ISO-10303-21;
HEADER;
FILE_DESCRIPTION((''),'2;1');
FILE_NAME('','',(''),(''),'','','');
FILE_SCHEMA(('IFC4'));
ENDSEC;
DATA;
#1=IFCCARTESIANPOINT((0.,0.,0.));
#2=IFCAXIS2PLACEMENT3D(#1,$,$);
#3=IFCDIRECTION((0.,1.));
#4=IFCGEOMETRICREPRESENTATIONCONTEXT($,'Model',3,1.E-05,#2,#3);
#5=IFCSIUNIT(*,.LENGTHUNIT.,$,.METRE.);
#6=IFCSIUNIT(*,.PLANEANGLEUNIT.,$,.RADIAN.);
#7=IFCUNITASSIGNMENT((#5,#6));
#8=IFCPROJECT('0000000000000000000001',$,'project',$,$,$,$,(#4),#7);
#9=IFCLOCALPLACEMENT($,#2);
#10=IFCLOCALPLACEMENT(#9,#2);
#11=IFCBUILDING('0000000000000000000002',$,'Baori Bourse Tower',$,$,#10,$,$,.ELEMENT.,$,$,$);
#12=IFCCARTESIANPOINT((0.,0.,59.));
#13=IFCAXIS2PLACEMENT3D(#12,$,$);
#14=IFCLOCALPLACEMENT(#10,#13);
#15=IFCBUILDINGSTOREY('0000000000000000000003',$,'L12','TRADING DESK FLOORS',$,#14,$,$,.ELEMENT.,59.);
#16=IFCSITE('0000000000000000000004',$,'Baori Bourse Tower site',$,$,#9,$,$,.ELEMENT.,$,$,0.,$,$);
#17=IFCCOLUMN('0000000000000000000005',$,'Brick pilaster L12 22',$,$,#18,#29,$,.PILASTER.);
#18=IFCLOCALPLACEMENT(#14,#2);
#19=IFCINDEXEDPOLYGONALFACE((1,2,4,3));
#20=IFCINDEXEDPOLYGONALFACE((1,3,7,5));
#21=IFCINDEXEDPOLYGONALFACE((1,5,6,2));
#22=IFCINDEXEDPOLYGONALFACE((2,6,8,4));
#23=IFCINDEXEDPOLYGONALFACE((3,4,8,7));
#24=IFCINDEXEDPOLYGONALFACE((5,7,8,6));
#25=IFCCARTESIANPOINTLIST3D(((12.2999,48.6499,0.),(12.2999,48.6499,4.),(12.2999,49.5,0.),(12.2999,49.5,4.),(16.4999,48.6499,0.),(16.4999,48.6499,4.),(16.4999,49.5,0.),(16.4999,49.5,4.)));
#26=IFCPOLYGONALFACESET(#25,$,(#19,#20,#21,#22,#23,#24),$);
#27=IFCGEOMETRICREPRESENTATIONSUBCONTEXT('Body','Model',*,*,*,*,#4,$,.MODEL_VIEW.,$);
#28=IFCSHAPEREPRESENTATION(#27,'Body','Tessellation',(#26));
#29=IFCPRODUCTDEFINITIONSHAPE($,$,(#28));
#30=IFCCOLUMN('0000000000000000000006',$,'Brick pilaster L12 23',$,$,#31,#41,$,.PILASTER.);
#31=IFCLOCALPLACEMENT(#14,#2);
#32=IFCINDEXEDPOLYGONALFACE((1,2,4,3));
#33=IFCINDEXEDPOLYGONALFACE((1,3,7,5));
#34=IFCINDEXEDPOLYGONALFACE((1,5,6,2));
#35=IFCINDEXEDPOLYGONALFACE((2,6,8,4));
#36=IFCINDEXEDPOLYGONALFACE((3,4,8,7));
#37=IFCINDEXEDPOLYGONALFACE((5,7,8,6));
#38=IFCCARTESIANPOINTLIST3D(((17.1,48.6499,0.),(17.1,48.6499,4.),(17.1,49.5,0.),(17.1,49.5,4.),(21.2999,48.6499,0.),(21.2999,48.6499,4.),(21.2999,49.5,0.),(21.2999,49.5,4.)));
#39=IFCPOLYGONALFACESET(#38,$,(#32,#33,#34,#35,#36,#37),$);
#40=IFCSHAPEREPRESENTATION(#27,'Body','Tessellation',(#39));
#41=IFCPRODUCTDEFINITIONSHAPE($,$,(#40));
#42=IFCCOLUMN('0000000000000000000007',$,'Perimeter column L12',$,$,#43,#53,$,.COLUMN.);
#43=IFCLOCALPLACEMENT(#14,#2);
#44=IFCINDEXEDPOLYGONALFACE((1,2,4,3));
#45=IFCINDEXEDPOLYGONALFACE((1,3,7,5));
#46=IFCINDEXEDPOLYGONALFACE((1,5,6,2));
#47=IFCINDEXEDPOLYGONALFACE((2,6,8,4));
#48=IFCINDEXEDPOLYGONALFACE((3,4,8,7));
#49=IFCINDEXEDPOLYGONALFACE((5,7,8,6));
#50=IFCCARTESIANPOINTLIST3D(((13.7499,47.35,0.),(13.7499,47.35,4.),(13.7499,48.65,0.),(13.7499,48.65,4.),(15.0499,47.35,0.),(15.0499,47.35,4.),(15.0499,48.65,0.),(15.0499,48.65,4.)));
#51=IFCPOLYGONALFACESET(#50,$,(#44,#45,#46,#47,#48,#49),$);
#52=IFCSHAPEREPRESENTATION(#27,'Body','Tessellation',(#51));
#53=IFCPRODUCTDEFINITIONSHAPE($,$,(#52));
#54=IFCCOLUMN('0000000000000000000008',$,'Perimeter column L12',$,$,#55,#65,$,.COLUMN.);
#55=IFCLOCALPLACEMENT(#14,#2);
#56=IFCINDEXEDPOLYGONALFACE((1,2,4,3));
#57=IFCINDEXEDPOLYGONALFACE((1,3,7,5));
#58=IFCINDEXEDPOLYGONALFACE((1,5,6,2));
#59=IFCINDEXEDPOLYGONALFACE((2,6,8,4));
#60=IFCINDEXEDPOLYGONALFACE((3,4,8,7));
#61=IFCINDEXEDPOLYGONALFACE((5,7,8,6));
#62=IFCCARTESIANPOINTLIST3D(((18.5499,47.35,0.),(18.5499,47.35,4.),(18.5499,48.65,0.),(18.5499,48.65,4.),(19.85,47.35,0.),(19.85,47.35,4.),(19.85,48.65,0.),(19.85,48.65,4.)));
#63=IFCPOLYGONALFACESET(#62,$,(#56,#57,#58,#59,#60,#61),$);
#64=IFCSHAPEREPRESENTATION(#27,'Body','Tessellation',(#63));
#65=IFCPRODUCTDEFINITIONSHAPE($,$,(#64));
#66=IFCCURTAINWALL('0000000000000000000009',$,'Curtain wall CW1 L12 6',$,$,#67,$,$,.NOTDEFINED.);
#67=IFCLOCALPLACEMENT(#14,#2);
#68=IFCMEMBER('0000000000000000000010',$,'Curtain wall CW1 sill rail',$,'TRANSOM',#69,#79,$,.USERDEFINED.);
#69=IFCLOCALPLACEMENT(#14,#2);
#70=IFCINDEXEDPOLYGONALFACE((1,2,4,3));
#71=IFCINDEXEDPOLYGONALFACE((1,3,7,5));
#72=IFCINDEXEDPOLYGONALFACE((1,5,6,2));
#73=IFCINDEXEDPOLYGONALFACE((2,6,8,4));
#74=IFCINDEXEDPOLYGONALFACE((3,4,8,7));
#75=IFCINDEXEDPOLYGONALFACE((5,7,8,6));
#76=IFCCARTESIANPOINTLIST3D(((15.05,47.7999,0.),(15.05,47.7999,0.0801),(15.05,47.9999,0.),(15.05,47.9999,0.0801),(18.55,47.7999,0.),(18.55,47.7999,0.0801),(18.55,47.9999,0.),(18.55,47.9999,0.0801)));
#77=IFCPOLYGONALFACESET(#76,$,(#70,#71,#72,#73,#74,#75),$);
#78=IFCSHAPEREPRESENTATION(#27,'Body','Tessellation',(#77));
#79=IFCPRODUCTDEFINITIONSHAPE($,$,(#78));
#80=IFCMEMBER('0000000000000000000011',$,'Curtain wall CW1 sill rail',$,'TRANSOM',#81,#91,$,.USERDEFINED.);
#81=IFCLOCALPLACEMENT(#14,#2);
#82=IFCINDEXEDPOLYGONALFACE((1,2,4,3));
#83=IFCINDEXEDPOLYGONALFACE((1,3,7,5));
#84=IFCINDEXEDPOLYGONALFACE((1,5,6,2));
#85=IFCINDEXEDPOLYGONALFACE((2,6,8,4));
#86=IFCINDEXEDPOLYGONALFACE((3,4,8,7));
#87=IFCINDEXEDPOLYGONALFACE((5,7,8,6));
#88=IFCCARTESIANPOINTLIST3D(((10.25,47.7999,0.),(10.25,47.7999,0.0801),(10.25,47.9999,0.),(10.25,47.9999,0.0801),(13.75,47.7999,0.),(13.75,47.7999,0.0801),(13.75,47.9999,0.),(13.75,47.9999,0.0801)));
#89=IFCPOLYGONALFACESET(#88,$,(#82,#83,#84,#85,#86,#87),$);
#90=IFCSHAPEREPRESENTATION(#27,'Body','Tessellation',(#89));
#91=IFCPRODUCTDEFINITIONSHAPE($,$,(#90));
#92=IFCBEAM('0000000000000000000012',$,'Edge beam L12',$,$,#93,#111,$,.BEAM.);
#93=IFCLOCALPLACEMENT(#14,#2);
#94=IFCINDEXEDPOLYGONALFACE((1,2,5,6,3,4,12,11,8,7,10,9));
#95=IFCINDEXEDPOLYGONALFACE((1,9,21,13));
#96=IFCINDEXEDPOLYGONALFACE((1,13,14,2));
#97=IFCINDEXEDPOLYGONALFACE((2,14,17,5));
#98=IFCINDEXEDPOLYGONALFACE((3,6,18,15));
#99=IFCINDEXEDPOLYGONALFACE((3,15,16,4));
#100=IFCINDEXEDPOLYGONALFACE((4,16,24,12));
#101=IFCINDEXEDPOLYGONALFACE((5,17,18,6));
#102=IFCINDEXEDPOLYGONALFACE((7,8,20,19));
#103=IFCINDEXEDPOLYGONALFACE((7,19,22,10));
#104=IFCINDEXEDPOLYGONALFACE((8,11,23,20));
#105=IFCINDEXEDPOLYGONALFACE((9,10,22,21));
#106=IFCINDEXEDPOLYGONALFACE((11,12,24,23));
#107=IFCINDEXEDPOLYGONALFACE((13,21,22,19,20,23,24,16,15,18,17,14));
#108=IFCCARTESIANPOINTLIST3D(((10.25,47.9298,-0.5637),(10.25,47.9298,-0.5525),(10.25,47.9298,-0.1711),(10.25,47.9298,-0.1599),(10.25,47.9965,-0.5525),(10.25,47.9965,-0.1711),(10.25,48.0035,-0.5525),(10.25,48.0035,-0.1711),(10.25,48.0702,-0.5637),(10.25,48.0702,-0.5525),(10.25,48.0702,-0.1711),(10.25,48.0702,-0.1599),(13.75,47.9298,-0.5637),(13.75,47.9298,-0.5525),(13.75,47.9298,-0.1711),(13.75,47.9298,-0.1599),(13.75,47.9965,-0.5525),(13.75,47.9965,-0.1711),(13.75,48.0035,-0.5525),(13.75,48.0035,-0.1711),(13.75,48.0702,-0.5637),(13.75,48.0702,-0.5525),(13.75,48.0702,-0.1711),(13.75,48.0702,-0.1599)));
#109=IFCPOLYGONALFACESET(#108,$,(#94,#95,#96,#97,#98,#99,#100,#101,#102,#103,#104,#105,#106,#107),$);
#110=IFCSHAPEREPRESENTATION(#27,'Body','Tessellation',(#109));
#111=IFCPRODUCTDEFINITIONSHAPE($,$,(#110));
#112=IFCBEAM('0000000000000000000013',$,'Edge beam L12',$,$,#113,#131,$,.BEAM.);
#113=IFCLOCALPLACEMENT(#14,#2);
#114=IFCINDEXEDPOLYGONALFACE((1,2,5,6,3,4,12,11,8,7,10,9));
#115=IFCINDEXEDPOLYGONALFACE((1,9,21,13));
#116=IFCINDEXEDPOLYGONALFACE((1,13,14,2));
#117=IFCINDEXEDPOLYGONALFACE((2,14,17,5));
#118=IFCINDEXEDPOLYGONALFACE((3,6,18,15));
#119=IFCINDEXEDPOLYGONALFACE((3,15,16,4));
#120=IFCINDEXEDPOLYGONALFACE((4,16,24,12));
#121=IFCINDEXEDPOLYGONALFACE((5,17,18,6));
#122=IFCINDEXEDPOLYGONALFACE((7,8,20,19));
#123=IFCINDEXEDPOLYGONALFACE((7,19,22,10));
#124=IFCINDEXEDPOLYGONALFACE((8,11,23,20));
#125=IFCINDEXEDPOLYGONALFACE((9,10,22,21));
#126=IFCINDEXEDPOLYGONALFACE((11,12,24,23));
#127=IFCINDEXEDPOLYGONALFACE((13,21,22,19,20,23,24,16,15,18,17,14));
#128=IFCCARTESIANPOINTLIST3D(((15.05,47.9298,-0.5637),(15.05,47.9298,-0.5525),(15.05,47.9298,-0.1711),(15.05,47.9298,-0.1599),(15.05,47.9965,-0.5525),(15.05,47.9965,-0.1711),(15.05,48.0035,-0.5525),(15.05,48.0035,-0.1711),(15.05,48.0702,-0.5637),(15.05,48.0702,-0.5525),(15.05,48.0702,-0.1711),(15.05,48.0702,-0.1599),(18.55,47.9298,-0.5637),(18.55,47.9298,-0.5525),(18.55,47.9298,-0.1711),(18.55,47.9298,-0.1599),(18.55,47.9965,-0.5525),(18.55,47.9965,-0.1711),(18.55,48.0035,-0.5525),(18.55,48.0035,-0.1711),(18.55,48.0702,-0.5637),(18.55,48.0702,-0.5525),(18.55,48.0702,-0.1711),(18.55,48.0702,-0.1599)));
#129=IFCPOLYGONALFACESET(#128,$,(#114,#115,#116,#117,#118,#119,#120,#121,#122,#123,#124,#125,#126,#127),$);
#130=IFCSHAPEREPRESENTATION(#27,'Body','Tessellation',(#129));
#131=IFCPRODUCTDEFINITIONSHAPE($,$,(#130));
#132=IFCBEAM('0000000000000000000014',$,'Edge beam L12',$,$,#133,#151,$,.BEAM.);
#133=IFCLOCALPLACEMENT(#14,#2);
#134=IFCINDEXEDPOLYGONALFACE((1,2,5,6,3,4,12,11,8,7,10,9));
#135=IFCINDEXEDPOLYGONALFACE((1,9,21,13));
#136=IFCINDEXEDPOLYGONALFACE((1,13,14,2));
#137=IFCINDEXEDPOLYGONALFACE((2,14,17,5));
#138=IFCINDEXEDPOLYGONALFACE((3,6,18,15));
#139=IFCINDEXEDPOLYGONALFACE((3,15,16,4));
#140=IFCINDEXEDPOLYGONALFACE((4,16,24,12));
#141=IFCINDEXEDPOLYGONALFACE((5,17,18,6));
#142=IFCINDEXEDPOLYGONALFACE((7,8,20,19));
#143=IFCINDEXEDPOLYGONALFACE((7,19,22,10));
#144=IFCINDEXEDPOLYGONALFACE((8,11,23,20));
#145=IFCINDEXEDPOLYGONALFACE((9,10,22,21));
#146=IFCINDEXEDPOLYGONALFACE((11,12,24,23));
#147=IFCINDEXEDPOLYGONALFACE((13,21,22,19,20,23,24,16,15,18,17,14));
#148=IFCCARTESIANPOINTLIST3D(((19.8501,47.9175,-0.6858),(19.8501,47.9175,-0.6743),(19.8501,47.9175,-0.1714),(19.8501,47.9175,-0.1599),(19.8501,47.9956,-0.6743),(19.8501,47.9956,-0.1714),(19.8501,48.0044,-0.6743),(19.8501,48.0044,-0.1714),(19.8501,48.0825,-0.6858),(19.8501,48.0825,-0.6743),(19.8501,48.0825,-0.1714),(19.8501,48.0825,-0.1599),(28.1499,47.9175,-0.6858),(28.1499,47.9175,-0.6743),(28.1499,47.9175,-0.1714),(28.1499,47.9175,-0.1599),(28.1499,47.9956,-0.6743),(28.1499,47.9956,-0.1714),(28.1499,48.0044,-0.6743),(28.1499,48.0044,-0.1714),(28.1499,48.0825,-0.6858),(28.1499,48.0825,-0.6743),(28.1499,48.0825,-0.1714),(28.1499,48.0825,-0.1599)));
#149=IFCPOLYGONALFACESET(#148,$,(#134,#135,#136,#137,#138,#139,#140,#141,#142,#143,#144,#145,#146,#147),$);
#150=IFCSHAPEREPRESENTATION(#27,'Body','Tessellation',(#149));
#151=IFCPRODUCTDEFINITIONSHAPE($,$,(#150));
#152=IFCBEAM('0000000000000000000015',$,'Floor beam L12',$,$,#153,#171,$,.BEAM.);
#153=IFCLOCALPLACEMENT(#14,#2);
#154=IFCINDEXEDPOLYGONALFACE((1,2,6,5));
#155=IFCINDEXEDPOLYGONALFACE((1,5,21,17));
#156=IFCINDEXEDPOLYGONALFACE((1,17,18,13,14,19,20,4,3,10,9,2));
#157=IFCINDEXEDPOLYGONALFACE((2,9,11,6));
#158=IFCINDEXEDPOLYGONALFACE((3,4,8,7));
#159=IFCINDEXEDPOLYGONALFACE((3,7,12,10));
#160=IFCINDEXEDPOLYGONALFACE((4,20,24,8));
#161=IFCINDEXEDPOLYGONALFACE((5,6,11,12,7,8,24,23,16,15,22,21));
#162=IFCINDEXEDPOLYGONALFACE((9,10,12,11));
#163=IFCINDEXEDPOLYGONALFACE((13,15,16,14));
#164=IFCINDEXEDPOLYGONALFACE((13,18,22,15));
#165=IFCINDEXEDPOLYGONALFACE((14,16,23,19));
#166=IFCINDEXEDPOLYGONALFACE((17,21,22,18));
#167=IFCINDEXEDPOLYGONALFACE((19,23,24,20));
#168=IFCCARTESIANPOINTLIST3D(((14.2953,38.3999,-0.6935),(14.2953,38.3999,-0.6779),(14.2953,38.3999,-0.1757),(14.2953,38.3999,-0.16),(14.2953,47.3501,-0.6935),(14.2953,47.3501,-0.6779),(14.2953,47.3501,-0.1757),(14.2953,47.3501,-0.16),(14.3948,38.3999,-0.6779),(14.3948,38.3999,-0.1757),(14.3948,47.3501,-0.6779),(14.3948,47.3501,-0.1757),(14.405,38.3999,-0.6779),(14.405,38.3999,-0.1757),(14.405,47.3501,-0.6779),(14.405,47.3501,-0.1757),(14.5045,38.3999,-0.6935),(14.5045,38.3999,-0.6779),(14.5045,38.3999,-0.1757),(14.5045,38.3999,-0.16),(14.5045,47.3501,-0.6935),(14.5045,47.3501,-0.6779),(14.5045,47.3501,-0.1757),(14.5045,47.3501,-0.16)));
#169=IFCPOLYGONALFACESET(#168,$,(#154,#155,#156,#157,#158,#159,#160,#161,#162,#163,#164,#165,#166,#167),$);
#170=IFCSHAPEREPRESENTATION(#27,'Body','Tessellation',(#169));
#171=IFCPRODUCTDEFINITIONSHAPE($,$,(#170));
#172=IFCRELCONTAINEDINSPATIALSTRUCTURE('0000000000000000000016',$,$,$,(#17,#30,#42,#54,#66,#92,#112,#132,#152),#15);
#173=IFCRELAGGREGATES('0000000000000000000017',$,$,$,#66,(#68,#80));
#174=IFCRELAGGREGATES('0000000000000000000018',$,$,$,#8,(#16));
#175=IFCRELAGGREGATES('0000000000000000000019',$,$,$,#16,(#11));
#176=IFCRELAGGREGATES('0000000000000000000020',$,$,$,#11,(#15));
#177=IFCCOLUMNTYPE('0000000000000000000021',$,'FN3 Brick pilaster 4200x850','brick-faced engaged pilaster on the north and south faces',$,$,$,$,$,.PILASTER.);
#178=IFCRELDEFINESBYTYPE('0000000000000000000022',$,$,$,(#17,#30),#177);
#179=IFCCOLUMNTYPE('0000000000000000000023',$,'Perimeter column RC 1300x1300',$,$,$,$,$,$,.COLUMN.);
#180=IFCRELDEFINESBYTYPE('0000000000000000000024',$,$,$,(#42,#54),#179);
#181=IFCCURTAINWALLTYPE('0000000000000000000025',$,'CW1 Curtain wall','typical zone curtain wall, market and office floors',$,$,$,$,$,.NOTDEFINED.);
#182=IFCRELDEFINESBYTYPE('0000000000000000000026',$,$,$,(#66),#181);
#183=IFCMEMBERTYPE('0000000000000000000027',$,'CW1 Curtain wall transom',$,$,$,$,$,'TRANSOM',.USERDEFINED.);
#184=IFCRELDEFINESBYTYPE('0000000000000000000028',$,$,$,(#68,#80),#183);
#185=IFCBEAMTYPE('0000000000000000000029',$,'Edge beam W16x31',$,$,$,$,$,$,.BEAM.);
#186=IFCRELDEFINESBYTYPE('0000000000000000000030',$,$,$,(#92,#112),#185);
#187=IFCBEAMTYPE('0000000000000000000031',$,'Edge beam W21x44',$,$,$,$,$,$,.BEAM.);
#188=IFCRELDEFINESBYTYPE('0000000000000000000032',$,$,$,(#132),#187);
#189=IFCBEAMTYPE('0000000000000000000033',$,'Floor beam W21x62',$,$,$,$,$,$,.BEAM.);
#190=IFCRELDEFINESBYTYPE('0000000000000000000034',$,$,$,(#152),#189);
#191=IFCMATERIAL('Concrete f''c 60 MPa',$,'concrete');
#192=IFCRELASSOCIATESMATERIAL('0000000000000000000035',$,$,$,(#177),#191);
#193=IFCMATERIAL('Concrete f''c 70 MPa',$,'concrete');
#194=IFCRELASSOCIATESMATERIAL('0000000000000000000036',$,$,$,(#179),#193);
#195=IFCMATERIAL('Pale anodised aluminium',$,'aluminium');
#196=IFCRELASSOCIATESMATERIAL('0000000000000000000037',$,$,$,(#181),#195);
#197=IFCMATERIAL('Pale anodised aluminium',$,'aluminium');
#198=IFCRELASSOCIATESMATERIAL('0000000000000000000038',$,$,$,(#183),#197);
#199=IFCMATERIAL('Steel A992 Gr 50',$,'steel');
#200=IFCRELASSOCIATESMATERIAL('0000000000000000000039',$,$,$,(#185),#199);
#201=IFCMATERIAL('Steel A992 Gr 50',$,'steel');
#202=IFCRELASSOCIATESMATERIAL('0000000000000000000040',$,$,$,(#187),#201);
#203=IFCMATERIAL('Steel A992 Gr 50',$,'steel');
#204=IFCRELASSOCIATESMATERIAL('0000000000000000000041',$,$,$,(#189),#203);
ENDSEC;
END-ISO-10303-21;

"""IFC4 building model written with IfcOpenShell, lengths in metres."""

from ifc_helpers import new_model, si_unit, direction, frame, origin, origin_2d, place, context, subcontext, project, spatial, rectangle, i_section, extrude, material, material_profile, profile_set, type_object, element, aggregate, save


model = new_model("IFC4")

# Units and contexts
model_context = context("Model", 3, precision=1e-05, world=origin(), true_north=direction((0.0, 1.0)))
body_context = subcontext(model_context, "Body", "Model", "MODEL_VIEW")
ifc_project = project(units=[si_unit("LENGTHUNIT", "METRE"), si_unit("PLANEANGLEUNIT", "RADIAN")], contexts=[model_context])

# Site, building, storey
site_placement = place(None, origin())
site = spatial("IfcSite", under=ifc_project, at=site_placement, Name="Baori Bourse Tower site", CompositionType="ELEMENT", RefElevation=0.0)
building_placement = place(site_placement, origin())
building = spatial("IfcBuilding", under=site, at=building_placement, Name="Baori Bourse Tower", CompositionType="ELEMENT")
storey_placement = place(building_placement, frame((0.0, 0.0, 59.0)))
storey = spatial("IfcBuildingStorey", under=building, at=storey_placement, Name="L12", Description="TRADING DESK FLOORS", CompositionType="ELEMENT", Elevation=59.0)

# Columns
ifc_material_1 = material(Name="Concrete f'c 60 MPa", Category="concrete")
ifc_material_profile_1 = material_profile(ifc_material_1, rectangle(XDim=4.2, YDim=0.8501, at=origin_2d()), Name="RC 4200x850")
ifc_profile_set_1 = profile_set([ifc_material_profile_1], Name="Concrete f'c 60 MPa")
column_type_1 = type_object("IfcColumnType", Name="FN3 Brick pilaster 4200x850", Description="brick-faced engaged pilaster on the north and south faces", PredefinedType="PILASTER", material=ifc_profile_set_1)
for number, where, z_axis, x_axis, name in (
    (1, (14.3999, 49.075, 0.0), (0.0, 0.0, 1.0), (1.0, 0.0, 0.0), "Brick pilaster L12 22"),
    (2, (19.2, 49.075, 0.0), (0.0, 0.0, 1.0), (1.0, 0.0, 0.0), "Brick pilaster L12 23"),
):
    element("IfcColumn", number, at=place(storey_placement, frame(where, z_axis=z_axis, x_axis=x_axis)), inside=storey, type_object=column_type_1, Name=name, PredefinedType="PILASTER", context=body_context, shape_type="SweptSolid", body=[
        extrude(rectangle(XDim=4.2, YDim=0.8501, at=origin_2d()), origin(), (0.0, 0.0, 1.0), 4.0),
    ])
ifc_material_2 = material(Name="Concrete f'c 70 MPa", Category="concrete")
ifc_material_profile_2 = material_profile(ifc_material_2, rectangle(XDim=1.3, YDim=1.3, at=origin_2d()), Name="RC 1300x1300")
ifc_profile_set_2 = profile_set([ifc_material_profile_2], Name="Concrete f'c 70 MPa")
column_type_2 = type_object("IfcColumnType", Name="Perimeter column RC 1300x1300", PredefinedType="COLUMN", material=ifc_profile_set_2)
for number, where, z_axis, x_axis, name in (
    (3, (14.3999, 48.0, 0.0), (0.0, 0.0, 1.0), (1.0, 0.0, 0.0), "Perimeter column L12"),
    (4, (19.2, 48.0, 0.0), (0.0, 0.0, 1.0), (1.0, 0.0, 0.0), "Perimeter column L12"),
):
    element("IfcColumn", number, at=place(storey_placement, frame(where, z_axis=z_axis, x_axis=x_axis)), inside=storey, type_object=column_type_2, Name=name, PredefinedType="COLUMN", context=body_context, shape_type="SweptSolid", body=[
        extrude(rectangle(XDim=1.3, YDim=1.3, at=origin_2d()), origin(), (0.0, 0.0, 1.0), 4.0),
    ])

# Curtain wall, members
ifc_material_3 = material(Name="Pale anodised aluminium", Category="aluminium")
curtain_wall_type = type_object("IfcCurtainWallType", Name="CW1 Curtain wall", Description="typical zone curtain wall, market and office floors", PredefinedType="NOTDEFINED", material=ifc_material_3)
curtain_wall_placement = place(storey_placement, origin())
curtain_wall = element("IfcCurtainWall", 5, at=curtain_wall_placement, inside=storey, type_object=curtain_wall_type, Name="Curtain wall CW1 L12 6", PredefinedType="NOTDEFINED")
ifc_material_4 = material(Name="Pale anodised aluminium", Category="aluminium")
ifc_material_profile_3 = material_profile(ifc_material_4, rectangle(XDim=0.2, YDim=0.0801, at=origin_2d()), Name="Transom 80x200")
ifc_profile_set_3 = profile_set([ifc_material_profile_3], Name="Pale anodised aluminium")
member_type = type_object("IfcMemberType", Name="CW1 Curtain wall transom", ElementType="TRANSOM", PredefinedType="USERDEFINED", material=ifc_profile_set_3)
member_1_placement = place(storey_placement, frame((18.55, 47.8999, 0.04), z_axis=(-1.0, 0.0, 0.0), x_axis=(0.0, -1.0, 0.0)))
member_1 = element("IfcMember", 6, at=member_1_placement, type_object=member_type, Name="Curtain wall CW1 sill rail", ObjectType="TRANSOM", PredefinedType="USERDEFINED", context=body_context, shape_type="SweptSolid", body=[
    extrude(rectangle(XDim=0.2, YDim=0.0801, at=origin_2d()), origin(), (0.0, 0.0, 1.0), 3.5),
])
member_2_placement = place(storey_placement, frame((13.75, 47.8999, 0.04), z_axis=(-1.0, 0.0, 0.0), x_axis=(0.0, -1.0, 0.0)))
member_2 = element("IfcMember", 7, at=member_2_placement, type_object=member_type, Name="Curtain wall CW1 sill rail", ObjectType="TRANSOM", PredefinedType="USERDEFINED", context=body_context, shape_type="SweptSolid", body=[
    extrude(rectangle(XDim=0.2, YDim=0.0801, at=origin_2d()), origin(), (0.0, 0.0, 1.0), 3.5),
])

# Beams
ifc_material_5 = material(Name="Steel A992 Gr 50", Category="steel")
ifc_material_profile_4 = material_profile(ifc_material_5, i_section(OverallWidth=0.1404, OverallDepth=0.4038, WebThickness=0.0071, FlangeThickness=0.0112, at=origin_2d()), Name="W16x31")
ifc_profile_set_4 = profile_set([ifc_material_profile_4], Name="Steel A992 Gr 50")
beam_type_1 = type_object("IfcBeamType", Name="Edge beam W16x31", PredefinedType="BEAM", material=ifc_profile_set_4)
for number, where, z_axis, x_axis, name in (
    (8, (10.25, 48.0, -0.3618), (1.0, 0.0, 0.0), (0.0, 1.0, 0.0), "Edge beam L12"),
    (9, (15.05, 48.0, -0.3618), (1.0, 0.0, 0.0), (0.0, 1.0, 0.0), "Edge beam L12"),
):
    element("IfcBeam", number, at=place(storey_placement, frame(where, z_axis=z_axis, x_axis=x_axis)), inside=storey, type_object=beam_type_1, Name=name, PredefinedType="BEAM", context=body_context, shape_type="SweptSolid", body=[
        extrude(i_section(OverallWidth=0.1404, OverallDepth=0.4038, WebThickness=0.0071, FlangeThickness=0.0112, at=origin_2d()), origin(), (0.0, 0.0, 1.0), 3.5),
    ])
ifc_material_6 = material(Name="Steel A992 Gr 50", Category="steel")
ifc_material_profile_5 = material_profile(ifc_material_6, i_section(OverallWidth=0.165, OverallDepth=0.5259, WebThickness=0.0088, FlangeThickness=0.0115, at=origin_2d()), Name="W21x44")
ifc_profile_set_5 = profile_set([ifc_material_profile_5], Name="Steel A992 Gr 50")
beam_type_2 = type_object("IfcBeamType", Name="Edge beam W21x44", PredefinedType="BEAM", material=ifc_profile_set_5)
beam_1_placement = place(storey_placement, frame((19.8501, 48.0, -0.4229), z_axis=(1.0, 0.0, 0.0), x_axis=(0.0, 1.0, 0.0)))
element("IfcBeam", 10, at=beam_1_placement, inside=storey, type_object=beam_type_2, Name="Edge beam L12", PredefinedType="BEAM", context=body_context, shape_type="SweptSolid", body=[
    extrude(i_section(OverallWidth=0.165, OverallDepth=0.5259, WebThickness=0.0088, FlangeThickness=0.0115, at=origin_2d()), origin(), (0.0, 0.0, 1.0), 8.2998),
])
ifc_material_7 = material(Name="Steel A992 Gr 50", Category="steel")
ifc_material_profile_6 = material_profile(ifc_material_7, i_section(OverallWidth=0.2092, OverallDepth=0.5334, WebThickness=0.0103, FlangeThickness=0.0156, at=origin_2d()), Name="W21x62")
ifc_profile_set_6 = profile_set([ifc_material_profile_6], Name="Steel A992 Gr 50")
beam_type_3 = type_object("IfcBeamType", Name="Floor beam W21x62", PredefinedType="BEAM", material=ifc_profile_set_6)
beam_2_placement = place(storey_placement, frame((14.3999, 38.3999, -0.4268), z_axis=(0.0, 1.0, 0.0), x_axis=(-1.0, 0.0, 0.0)))
element("IfcBeam", 11, at=beam_2_placement, inside=storey, type_object=beam_type_3, Name="Floor beam L12", PredefinedType="BEAM", context=body_context, shape_type="SweptSolid", body=[
    extrude(i_section(OverallWidth=0.2092, OverallDepth=0.5334, WebThickness=0.0103, FlangeThickness=0.0156, at=origin_2d()), origin(), (0.0, 0.0, 1.0), 8.9502),
])

aggregate(curtain_wall, [member_1, member_2])

save(model, "model.ifc")
